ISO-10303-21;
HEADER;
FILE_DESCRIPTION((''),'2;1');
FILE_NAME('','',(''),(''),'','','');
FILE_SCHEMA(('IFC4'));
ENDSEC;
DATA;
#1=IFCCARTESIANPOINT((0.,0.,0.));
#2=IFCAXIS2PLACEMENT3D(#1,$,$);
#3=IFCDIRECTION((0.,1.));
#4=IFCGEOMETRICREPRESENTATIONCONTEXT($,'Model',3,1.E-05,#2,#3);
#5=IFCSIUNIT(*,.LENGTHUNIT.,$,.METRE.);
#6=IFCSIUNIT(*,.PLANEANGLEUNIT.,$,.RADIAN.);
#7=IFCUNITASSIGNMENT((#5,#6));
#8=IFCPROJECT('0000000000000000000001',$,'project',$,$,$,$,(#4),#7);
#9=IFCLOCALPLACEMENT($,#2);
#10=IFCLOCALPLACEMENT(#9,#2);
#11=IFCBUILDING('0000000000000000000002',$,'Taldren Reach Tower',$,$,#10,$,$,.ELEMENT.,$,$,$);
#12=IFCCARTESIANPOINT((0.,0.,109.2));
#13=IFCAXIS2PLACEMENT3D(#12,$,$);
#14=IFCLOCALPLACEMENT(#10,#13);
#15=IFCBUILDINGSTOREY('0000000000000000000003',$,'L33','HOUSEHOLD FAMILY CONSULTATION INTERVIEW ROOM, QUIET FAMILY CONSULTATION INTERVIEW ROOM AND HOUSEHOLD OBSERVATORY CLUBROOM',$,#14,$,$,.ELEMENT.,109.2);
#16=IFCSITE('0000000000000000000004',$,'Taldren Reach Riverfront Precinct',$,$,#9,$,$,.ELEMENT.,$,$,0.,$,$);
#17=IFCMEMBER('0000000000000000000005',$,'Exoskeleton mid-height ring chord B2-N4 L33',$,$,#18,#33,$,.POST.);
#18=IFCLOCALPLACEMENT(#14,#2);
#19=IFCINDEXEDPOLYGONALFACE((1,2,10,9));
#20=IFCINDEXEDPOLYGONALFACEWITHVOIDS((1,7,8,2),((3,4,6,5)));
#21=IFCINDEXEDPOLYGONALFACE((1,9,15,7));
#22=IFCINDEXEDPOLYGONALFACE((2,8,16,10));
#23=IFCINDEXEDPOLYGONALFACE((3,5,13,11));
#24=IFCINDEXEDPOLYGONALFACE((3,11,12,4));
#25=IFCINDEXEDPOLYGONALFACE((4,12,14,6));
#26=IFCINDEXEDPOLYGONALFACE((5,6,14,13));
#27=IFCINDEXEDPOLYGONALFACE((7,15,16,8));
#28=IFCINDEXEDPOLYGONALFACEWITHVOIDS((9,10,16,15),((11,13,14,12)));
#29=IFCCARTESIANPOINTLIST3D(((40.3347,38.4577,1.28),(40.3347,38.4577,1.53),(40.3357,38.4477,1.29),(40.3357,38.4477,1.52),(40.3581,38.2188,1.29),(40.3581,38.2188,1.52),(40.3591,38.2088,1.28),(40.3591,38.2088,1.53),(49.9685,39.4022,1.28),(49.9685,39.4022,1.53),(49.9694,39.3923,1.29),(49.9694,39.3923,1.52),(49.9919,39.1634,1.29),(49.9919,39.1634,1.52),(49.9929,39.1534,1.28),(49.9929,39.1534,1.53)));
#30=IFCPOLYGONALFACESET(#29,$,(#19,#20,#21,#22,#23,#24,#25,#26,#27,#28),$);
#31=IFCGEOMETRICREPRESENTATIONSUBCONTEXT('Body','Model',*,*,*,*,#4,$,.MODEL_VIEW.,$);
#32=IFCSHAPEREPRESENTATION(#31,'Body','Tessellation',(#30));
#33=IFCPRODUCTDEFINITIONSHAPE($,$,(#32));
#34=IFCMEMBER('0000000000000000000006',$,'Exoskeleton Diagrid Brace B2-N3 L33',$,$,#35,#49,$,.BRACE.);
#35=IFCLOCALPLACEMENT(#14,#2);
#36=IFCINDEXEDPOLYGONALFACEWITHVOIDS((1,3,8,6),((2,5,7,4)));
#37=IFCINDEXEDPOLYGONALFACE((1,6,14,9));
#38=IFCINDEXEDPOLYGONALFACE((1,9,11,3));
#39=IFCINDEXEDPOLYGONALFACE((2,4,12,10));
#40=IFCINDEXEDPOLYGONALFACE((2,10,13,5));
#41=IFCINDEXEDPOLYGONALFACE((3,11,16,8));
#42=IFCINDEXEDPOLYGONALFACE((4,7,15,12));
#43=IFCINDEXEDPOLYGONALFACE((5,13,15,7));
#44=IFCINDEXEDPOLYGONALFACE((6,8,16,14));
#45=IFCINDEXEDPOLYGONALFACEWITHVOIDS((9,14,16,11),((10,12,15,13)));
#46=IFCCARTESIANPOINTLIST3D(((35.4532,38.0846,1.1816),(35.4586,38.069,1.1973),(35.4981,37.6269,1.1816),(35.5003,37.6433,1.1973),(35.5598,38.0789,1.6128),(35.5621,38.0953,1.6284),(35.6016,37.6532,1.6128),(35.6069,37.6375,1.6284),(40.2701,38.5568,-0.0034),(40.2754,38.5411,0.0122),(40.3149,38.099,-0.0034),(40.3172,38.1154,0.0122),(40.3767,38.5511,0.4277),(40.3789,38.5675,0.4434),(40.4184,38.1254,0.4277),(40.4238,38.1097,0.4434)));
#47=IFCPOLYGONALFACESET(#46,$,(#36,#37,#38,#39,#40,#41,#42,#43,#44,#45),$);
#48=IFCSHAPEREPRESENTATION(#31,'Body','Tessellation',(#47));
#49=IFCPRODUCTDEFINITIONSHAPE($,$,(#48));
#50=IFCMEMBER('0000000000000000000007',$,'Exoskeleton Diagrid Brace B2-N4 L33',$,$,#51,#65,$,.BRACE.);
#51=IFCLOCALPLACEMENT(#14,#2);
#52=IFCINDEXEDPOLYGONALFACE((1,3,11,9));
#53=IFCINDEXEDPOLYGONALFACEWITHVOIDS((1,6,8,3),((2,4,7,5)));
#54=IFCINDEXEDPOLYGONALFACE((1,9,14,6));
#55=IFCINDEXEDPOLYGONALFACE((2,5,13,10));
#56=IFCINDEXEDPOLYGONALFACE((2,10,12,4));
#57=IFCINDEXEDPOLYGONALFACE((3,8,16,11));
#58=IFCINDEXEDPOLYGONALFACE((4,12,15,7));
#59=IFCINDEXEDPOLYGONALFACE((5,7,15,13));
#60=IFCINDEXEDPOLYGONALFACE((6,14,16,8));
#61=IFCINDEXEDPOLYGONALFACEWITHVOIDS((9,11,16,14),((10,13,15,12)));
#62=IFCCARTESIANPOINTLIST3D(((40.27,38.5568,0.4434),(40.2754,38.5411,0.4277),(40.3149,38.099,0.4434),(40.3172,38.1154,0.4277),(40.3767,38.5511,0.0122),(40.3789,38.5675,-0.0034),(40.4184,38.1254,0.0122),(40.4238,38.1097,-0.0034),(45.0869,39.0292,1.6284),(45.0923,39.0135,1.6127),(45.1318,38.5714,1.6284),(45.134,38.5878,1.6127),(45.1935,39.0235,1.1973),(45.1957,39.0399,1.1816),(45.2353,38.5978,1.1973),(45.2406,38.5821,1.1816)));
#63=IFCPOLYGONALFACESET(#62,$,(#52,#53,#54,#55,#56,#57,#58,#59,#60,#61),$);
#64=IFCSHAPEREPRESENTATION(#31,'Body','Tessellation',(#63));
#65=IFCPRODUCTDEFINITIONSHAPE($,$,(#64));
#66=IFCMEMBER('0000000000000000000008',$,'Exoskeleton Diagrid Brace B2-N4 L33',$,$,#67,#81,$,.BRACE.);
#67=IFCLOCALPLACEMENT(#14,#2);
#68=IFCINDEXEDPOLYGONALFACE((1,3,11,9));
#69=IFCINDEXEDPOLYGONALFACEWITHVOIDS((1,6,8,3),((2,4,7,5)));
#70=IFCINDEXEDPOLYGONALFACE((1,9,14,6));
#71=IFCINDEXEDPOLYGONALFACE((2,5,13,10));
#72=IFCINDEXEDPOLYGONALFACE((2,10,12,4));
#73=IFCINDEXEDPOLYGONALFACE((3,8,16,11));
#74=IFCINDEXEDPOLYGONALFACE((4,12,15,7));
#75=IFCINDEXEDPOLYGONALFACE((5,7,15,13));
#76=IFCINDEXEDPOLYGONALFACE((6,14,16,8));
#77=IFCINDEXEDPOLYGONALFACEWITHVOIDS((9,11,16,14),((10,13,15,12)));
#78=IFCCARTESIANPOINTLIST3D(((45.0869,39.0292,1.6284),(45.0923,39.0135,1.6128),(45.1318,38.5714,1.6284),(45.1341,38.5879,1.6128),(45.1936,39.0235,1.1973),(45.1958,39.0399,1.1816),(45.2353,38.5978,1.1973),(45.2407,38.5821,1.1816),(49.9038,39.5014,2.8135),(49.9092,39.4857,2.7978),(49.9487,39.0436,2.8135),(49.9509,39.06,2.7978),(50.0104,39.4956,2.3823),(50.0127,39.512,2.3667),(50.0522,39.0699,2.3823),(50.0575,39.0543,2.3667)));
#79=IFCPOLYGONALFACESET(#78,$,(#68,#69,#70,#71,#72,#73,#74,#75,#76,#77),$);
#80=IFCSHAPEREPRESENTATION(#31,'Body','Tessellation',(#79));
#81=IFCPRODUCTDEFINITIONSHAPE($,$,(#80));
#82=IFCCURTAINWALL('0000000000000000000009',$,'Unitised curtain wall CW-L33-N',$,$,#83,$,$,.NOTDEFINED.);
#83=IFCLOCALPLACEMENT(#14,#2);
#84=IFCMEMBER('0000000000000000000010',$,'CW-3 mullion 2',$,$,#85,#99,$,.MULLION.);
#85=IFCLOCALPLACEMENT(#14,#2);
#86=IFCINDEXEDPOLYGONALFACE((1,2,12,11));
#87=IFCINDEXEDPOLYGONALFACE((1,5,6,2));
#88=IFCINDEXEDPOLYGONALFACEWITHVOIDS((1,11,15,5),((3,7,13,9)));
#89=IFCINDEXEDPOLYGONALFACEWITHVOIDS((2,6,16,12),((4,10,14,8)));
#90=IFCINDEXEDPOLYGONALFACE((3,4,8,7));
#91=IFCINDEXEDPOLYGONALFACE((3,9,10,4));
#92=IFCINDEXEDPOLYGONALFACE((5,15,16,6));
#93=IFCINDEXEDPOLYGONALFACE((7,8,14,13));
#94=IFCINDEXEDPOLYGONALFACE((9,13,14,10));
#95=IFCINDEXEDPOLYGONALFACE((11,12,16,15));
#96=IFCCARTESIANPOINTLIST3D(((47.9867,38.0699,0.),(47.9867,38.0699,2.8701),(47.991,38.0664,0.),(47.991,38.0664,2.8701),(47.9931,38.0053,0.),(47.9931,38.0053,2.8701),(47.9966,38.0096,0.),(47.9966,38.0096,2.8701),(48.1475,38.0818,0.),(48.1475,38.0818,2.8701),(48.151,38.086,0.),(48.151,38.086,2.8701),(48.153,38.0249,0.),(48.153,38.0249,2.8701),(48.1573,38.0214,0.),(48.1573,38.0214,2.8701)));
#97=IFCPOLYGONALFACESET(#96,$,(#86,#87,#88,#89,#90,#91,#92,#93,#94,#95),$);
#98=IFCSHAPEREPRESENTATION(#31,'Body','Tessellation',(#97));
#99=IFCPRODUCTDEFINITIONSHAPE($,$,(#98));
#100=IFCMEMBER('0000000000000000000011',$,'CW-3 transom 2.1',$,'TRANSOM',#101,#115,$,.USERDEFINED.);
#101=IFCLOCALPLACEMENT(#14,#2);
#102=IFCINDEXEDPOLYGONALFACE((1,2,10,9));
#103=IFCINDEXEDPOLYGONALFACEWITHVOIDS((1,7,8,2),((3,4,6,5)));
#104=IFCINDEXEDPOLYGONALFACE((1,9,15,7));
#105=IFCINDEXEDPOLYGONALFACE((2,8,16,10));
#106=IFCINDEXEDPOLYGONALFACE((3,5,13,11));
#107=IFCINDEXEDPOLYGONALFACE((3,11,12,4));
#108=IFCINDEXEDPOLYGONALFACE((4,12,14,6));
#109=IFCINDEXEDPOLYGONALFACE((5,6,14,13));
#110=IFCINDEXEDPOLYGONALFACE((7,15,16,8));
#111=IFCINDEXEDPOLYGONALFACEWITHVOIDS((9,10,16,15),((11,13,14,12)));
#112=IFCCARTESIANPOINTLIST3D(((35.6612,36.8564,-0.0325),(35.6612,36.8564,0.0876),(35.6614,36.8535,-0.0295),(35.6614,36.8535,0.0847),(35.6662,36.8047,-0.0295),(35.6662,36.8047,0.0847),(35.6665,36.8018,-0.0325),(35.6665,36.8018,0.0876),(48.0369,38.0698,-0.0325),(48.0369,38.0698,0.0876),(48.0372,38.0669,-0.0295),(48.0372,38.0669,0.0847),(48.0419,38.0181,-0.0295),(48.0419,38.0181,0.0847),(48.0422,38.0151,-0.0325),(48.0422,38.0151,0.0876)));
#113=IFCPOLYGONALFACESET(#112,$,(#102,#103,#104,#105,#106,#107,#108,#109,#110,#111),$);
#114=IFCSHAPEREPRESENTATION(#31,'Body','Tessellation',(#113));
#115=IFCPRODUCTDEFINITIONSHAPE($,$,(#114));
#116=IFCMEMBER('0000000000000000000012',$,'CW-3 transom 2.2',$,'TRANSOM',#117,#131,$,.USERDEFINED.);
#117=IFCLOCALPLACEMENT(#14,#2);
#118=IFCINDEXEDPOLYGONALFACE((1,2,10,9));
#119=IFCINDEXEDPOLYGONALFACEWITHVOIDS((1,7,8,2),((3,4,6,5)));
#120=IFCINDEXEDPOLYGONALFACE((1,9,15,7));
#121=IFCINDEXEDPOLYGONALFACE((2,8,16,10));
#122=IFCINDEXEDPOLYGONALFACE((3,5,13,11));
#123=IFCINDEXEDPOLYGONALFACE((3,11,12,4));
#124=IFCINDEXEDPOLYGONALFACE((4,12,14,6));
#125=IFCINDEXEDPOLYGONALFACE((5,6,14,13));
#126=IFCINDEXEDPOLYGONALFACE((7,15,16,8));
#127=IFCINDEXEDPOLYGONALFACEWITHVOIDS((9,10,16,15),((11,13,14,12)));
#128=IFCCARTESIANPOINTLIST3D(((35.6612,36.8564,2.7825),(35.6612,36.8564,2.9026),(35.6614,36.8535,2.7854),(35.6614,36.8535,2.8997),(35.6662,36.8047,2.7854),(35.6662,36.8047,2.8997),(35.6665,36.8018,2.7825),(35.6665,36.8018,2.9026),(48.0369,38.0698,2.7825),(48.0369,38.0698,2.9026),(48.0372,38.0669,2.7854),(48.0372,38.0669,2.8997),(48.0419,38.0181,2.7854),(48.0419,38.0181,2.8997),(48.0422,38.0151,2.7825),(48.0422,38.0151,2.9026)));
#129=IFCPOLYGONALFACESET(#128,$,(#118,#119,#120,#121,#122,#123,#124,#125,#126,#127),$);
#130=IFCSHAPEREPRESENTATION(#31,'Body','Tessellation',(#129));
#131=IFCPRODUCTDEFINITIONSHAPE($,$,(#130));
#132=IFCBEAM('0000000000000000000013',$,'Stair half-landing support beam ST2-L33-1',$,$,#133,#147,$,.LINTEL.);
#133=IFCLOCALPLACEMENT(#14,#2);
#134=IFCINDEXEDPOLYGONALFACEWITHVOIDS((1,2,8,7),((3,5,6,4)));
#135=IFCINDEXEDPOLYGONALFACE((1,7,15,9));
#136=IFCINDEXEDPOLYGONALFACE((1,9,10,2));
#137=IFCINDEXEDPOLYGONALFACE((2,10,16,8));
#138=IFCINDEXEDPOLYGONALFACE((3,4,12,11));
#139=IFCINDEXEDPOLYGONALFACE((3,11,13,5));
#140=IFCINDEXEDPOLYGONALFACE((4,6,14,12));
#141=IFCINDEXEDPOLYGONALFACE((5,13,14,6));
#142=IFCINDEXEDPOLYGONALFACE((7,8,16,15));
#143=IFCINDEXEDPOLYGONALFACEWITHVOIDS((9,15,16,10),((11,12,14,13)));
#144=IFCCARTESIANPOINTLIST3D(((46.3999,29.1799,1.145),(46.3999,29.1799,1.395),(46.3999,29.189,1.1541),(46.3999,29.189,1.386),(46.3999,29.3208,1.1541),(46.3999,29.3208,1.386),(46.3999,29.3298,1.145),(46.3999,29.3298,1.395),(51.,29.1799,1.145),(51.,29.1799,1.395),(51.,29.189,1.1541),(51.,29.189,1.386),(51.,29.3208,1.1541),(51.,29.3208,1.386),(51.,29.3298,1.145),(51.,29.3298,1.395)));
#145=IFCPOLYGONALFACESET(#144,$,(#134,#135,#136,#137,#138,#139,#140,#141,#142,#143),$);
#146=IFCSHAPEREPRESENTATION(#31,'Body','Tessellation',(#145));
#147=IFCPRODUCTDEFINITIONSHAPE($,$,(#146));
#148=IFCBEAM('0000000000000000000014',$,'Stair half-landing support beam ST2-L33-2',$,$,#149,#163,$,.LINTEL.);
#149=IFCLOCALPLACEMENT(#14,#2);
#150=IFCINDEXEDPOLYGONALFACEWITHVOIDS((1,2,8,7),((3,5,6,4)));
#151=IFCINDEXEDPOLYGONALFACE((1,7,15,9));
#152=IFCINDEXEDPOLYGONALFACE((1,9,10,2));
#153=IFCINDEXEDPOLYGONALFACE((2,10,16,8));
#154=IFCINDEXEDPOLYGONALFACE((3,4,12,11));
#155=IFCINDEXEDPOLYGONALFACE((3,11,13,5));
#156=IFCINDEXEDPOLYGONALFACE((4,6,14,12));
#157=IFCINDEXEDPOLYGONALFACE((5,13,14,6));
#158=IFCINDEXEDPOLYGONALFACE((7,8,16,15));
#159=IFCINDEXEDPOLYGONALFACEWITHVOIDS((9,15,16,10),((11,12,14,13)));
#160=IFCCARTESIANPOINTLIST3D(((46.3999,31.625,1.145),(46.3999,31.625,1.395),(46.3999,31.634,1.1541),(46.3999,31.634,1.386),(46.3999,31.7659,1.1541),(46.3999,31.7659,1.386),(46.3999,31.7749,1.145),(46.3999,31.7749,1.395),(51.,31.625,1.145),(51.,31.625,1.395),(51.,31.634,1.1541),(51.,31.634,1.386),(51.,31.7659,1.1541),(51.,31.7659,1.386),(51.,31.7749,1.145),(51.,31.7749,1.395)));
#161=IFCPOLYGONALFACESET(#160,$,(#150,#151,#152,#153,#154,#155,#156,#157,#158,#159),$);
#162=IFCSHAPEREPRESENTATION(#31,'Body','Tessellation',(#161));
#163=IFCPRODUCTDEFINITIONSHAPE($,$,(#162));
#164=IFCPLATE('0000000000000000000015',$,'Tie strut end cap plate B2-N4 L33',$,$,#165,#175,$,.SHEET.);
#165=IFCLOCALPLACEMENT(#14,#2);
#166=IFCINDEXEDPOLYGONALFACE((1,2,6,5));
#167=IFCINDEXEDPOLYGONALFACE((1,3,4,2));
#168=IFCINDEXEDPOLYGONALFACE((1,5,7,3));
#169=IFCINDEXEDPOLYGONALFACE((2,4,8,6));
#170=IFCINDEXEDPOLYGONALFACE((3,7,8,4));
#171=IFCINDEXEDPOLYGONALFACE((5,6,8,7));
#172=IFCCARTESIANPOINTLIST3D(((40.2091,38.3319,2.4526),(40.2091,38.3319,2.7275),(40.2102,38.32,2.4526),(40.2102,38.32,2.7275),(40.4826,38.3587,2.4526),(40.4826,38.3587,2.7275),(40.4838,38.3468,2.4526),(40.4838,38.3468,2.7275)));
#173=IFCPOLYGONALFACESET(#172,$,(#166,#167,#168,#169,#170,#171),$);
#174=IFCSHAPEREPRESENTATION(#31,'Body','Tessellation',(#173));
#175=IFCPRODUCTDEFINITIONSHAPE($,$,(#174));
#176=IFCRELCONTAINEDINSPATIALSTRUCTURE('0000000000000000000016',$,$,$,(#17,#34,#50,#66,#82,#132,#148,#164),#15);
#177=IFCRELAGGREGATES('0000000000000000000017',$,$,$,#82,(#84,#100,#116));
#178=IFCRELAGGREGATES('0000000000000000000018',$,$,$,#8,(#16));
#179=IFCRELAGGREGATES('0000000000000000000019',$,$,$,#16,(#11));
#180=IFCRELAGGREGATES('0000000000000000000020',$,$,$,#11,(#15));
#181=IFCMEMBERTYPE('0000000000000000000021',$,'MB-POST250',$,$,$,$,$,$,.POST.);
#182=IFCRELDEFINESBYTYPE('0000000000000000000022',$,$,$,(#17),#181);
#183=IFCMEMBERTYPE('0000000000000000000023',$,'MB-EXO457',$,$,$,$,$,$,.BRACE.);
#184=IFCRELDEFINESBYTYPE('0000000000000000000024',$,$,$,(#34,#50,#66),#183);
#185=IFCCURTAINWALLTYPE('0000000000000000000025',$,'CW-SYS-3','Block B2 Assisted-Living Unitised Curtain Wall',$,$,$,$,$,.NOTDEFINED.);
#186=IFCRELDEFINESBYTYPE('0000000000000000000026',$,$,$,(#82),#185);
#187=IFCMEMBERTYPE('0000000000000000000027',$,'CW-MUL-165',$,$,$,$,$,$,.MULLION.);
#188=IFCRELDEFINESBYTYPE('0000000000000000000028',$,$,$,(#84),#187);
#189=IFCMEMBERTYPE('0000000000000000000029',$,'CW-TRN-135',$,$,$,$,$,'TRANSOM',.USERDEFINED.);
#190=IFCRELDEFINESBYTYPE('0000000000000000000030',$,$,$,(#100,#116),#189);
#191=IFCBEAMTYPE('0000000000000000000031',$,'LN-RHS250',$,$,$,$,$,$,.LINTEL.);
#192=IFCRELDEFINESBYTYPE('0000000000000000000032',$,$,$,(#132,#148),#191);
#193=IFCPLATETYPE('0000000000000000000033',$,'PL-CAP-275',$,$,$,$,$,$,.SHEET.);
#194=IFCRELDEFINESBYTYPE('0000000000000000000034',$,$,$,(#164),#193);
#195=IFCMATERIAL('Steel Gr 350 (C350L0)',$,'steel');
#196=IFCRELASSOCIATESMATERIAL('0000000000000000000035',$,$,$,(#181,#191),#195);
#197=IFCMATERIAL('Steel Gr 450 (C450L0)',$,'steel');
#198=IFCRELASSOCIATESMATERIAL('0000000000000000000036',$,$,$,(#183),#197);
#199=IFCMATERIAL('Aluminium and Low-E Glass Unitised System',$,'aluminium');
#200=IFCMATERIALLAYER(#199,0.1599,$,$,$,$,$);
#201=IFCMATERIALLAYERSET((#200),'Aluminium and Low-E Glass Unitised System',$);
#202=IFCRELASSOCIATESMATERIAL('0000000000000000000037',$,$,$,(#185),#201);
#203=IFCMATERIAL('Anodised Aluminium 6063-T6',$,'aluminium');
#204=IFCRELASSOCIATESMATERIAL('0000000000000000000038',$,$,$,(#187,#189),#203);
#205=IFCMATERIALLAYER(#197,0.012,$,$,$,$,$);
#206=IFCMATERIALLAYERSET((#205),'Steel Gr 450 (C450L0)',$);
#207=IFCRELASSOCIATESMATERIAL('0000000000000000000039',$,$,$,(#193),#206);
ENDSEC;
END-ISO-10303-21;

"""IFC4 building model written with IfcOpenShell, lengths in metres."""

from ifc_helpers import new_model, si_unit, direction, frame, origin, origin_2d, place, context, subcontext, project, spatial, rectangle, hollow_rectangle, extrude, source, transform, mapped, material, layer, layer_set, material_profile, profile_set, type_object, element, aggregate, save


model = new_model("IFC4")

# Units and contexts
model_context = context("Model", 3, precision=1e-05, world=origin(), true_north=direction((0.0, 1.0)))
body_context = subcontext(model_context, "Body", "Model", "MODEL_VIEW")
ifc_project = project(units=[si_unit("LENGTHUNIT", "METRE"), si_unit("PLANEANGLEUNIT", "RADIAN")], contexts=[model_context])

# Site, building, storey
site_placement = place(None, origin())
site = spatial("IfcSite", under=ifc_project, at=site_placement, Name="Taldren Reach Riverfront Precinct", CompositionType="ELEMENT", RefElevation=0.0)
building_placement = place(site_placement, origin())
building = spatial("IfcBuilding", under=site, at=building_placement, Name="Taldren Reach Tower", CompositionType="ELEMENT")
storey_placement = place(building_placement, frame((0.0, 0.0, 109.2)))
storey = spatial("IfcBuildingStorey", under=building, at=storey_placement, Name="L33", Description="HOUSEHOLD FAMILY CONSULTATION INTERVIEW ROOM, QUIET FAMILY CONSULTATION INTERVIEW ROOM AND HOUSEHOLD OBSERVATORY CLUBROOM", CompositionType="ELEMENT", Elevation=109.2)

# Shared definitions
ifc_material_1 = material(Name="Steel Gr 450 (C450L0)", Category="steel")
ifc_material_2 = material(Name="Steel Gr 350 (C350L0)", Category="steel")
ifc_material_profile_1 = material_profile(ifc_material_2, hollow_rectangle(XDim=0.25, YDim=0.25, WallThickness=0.01, at=origin_2d()), Name="250x250x10.0SHS")
ifc_profile_set_1 = profile_set([ifc_material_profile_1], Name="Steel Gr 350 (C350L0)")
member_type_1 = type_object("IfcMemberType", Name="MB-POST250", PredefinedType="POST", material=ifc_profile_set_1)

# Members
shared_shape_1 = source(origin(), body_context, "Body", "SweptSolid", [
    extrude(hollow_rectangle(XDim=0.25, YDim=0.25, WallThickness=0.01, at=origin_2d()), origin(), (0.0, 0.0, 1.0), 9.6799),
])
member_1_placement = place(storey_placement, frame((40.3469, 38.3333, 1.405), z_axis=(0.995228, 0.097581, 0.0), x_axis=(-0.097581, 0.995228, 0.0)))
element("IfcMember", 1, at=member_1_placement, inside=storey, type_object=member_type_1, Name="Exoskeleton mid-height ring chord B2-N4 L33", PredefinedType="POST", context=body_context, shape_type="MappedRepresentation", body=[
    mapped(shared_shape_1, transform((0.0, 0.0, 0.0), scale=1.0)),
])
ifc_material_profile_2 = material_profile(ifc_material_1, hollow_rectangle(XDim=0.46, YDim=0.46, WallThickness=0.0161, at=origin_2d()), Name="460x460x16.0SHS")
ifc_profile_set_2 = profile_set([ifc_material_profile_2], Name="Steel Gr 450 (C450L0)")
member_type_2 = type_object("IfcMemberType", Name="MB-EXO457", PredefinedType="BRACE", material=ifc_profile_set_2)
shared_shape_2 = source(origin(), body_context, "Body", "SweptSolid", [
    extrude(hollow_rectangle(XDim=0.46, YDim=0.46, WallThickness=0.0161, at=origin_2d()), origin(), (0.0, 0.0, 1.0), 4.9829),
])
for number, where, z_axis, x_axis, name in (
    (2, (40.3469, 38.3333, 0.22), (-0.966675, -0.094757, 0.237823), (0.097556, -0.99523, 0.0), "Exoskeleton Diagrid Brace B2-N3 L33"),
    (3, (40.3469, 38.3333, 0.22), (0.966671, 0.094805, 0.237822), (-0.097606, 0.995225, 0.0), "Exoskeleton Diagrid Brace B2-N4 L33"),
    (4, (45.1638, 38.8057, 1.405), (0.966675, 0.094757, 0.237823), (-0.097556, 0.99523, 0.0), "Exoskeleton Diagrid Brace B2-N4 L33"),
):
    element("IfcMember", number, at=place(storey_placement, frame(where, z_axis=z_axis, x_axis=x_axis)), inside=storey, type_object=member_type_2, Name=name, PredefinedType="BRACE", context=body_context, shape_type="MappedRepresentation", body=[
        mapped(shared_shape_2, transform((0.0, 0.0, 0.0), scale=1.0)),
    ])

# Curtain wall, members
ifc_material_3 = material(Name="Aluminium and Low-E Glass Unitised System", Category="aluminium")
ifc_layer_1 = layer(ifc_material_3, 0.1599)
ifc_layer_set_1 = layer_set([ifc_layer_1], Name="Aluminium and Low-E Glass Unitised System")
curtain_wall_type = type_object("IfcCurtainWallType", Name="CW-SYS-3", Description="Block B2 Assisted-Living Unitised Curtain Wall", PredefinedType="NOTDEFINED", material=ifc_layer_set_1)
curtain_wall_placement = place(storey_placement, origin())
curtain_wall = element("IfcCurtainWall", 5, at=curtain_wall_placement, inside=storey, type_object=curtain_wall_type, Name="Unitised curtain wall CW-L33-N", PredefinedType="NOTDEFINED")
ifc_material_4 = material(Name="Anodised Aluminium 6063-T6", Category="aluminium")
ifc_material_profile_3 = material_profile(ifc_material_4, hollow_rectangle(XDim=0.0649, YDim=0.165, WallThickness=0.0039, at=origin_2d()), Name="ALU-165x65x4RHS")
ifc_profile_set_3 = profile_set([ifc_material_profile_3], Name="Anodised Aluminium 6063-T6")
member_type_3 = type_object("IfcMemberType", Name="CW-MUL-165", PredefinedType="MULLION", material=ifc_profile_set_3)
shared_shape_3 = source(origin(), body_context, "Body", "SweptSolid", [
    extrude(hollow_rectangle(XDim=0.0649, YDim=0.165, WallThickness=0.0039, at=origin_2d()), origin(), (0.0, 0.0, 1.0), 2.8701),
])
member_2_placement = place(storey_placement, frame((48.072, 38.0457, 0.0), z_axis=(0.0, 0.0, 1.0), x_axis=(0.097583, -0.995227, 0.0)))
member_2 = element("IfcMember", 6, at=member_2_placement, type_object=member_type_3, Name="CW-3 mullion 2", PredefinedType="MULLION", context=body_context, shape_type="MappedRepresentation", body=[
    mapped(shared_shape_3, transform((0.0, 0.0, 0.0), scale=1.0)),
])
ifc_material_profile_4 = material_profile(ifc_material_4, hollow_rectangle(XDim=0.0549, YDim=0.1201, WallThickness=0.0029, at=origin_2d()), Name="ALU-120x55x3RHS")
ifc_profile_set_4 = profile_set([ifc_material_profile_4], Name="Anodised Aluminium 6063-T6")
member_type_4 = type_object("IfcMemberType", Name="CW-TRN-135", ElementType="TRANSOM", PredefinedType="USERDEFINED", material=ifc_profile_set_4)
shared_shape_4 = source(origin(), body_context, "Body", "SweptSolid", [
    extrude(hollow_rectangle(XDim=0.0549, YDim=0.1201, WallThickness=0.0029, at=origin_2d()), origin(), (0.0, 0.0, 1.0), 12.4351),
])
member_3_placement = place(storey_placement, frame((48.0396, 38.0425, 0.0276), z_axis=(-0.995228, -0.097577, 0.0), x_axis=(0.097577, -0.995228, 0.0)))
member_3 = element("IfcMember", 7, at=member_3_placement, type_object=member_type_4, Name="CW-3 transom 2.1", ObjectType="TRANSOM", PredefinedType="USERDEFINED", context=body_context, shape_type="MappedRepresentation", body=[
    mapped(shared_shape_4, transform((0.0, 0.0, 0.0), scale=1.0)),
])
member_4_placement = place(storey_placement, frame((48.0396, 38.0425, 2.8425), z_axis=(-0.995228, -0.097577, 0.0), x_axis=(0.097577, -0.995228, 0.0)))
member_4 = element("IfcMember", 8, at=member_4_placement, type_object=member_type_4, Name="CW-3 transom 2.2", ObjectType="TRANSOM", PredefinedType="USERDEFINED", context=body_context, shape_type="MappedRepresentation", body=[
    mapped(shared_shape_4, transform((0.0, 0.0, 0.0), scale=1.0)),
])

# Beams
ifc_material_profile_5 = material_profile(ifc_material_2, hollow_rectangle(XDim=0.1499, YDim=0.25, WallThickness=0.009, at=origin_2d()), Name="250x150x9.0RHS")
ifc_profile_set_5 = profile_set([ifc_material_profile_5], Name="Steel Gr 350 (C350L0)")
beam_type_1 = type_object("IfcBeamType", Name="LN-RHS250", PredefinedType="LINTEL", material=ifc_profile_set_5)
shared_shape_5 = source(origin(), body_context, "Body", "SweptSolid", [
    extrude(hollow_rectangle(XDim=0.1499, YDim=0.25, WallThickness=0.009, at=origin_2d()), origin(), (0.0, 0.0, 1.0), 4.6001),
])
for number, where, z_axis, x_axis, name in (
    (9, (46.3999, 29.2549, 1.27), (1.0, 0.0, 0.0), (0.0, 1.0, 0.0), "Stair half-landing support beam ST2-L33-1"),
    (10, (46.3999, 31.7, 1.27), (1.0, 0.0, 0.0), (0.0, 1.0, 0.0), "Stair half-landing support beam ST2-L33-2"),
):
    element("IfcBeam", number, at=place(storey_placement, frame(where, z_axis=z_axis, x_axis=x_axis)), inside=storey, type_object=beam_type_1, Name=name, PredefinedType="LINTEL", context=body_context, shape_type="MappedRepresentation", body=[
        mapped(shared_shape_5, transform((0.0, 0.0, 0.0), scale=1.0)),
    ])

# Plate
ifc_layer_2 = layer(ifc_material_1, 0.012)
ifc_layer_set_2 = layer_set([ifc_layer_2], Name="Steel Gr 450 (C450L0)")
plate_type_1 = type_object("IfcPlateType", Name="PL-CAP-275", PredefinedType="SHEET", material=ifc_layer_set_2)
shared_shape_6 = source(origin(), body_context, "Body", "SweptSolid", [
    extrude(rectangle(XDim=0.2749, YDim=0.012, at=origin_2d()), origin(), (0.0, 0.0, 1.0), 0.2749),
])
plate_1_placement = place(storey_placement, frame((40.3464, 38.3394, 2.4526), z_axis=(0.0, 0.0, 1.0), x_axis=(0.995227, 0.097583, 0.0)))
element("IfcPlate", 11, at=plate_1_placement, inside=storey, type_object=plate_type_1, Name="Tie strut end cap plate B2-N4 L33", PredefinedType="SHEET", context=body_context, shape_type="MappedRepresentation", body=[
    mapped(shared_shape_6, transform((0.0, 0.0, 0.0), scale=1.0)),
])

aggregate(curtain_wall, [member_2, member_3, member_4])

save(model, "model.ifc")
